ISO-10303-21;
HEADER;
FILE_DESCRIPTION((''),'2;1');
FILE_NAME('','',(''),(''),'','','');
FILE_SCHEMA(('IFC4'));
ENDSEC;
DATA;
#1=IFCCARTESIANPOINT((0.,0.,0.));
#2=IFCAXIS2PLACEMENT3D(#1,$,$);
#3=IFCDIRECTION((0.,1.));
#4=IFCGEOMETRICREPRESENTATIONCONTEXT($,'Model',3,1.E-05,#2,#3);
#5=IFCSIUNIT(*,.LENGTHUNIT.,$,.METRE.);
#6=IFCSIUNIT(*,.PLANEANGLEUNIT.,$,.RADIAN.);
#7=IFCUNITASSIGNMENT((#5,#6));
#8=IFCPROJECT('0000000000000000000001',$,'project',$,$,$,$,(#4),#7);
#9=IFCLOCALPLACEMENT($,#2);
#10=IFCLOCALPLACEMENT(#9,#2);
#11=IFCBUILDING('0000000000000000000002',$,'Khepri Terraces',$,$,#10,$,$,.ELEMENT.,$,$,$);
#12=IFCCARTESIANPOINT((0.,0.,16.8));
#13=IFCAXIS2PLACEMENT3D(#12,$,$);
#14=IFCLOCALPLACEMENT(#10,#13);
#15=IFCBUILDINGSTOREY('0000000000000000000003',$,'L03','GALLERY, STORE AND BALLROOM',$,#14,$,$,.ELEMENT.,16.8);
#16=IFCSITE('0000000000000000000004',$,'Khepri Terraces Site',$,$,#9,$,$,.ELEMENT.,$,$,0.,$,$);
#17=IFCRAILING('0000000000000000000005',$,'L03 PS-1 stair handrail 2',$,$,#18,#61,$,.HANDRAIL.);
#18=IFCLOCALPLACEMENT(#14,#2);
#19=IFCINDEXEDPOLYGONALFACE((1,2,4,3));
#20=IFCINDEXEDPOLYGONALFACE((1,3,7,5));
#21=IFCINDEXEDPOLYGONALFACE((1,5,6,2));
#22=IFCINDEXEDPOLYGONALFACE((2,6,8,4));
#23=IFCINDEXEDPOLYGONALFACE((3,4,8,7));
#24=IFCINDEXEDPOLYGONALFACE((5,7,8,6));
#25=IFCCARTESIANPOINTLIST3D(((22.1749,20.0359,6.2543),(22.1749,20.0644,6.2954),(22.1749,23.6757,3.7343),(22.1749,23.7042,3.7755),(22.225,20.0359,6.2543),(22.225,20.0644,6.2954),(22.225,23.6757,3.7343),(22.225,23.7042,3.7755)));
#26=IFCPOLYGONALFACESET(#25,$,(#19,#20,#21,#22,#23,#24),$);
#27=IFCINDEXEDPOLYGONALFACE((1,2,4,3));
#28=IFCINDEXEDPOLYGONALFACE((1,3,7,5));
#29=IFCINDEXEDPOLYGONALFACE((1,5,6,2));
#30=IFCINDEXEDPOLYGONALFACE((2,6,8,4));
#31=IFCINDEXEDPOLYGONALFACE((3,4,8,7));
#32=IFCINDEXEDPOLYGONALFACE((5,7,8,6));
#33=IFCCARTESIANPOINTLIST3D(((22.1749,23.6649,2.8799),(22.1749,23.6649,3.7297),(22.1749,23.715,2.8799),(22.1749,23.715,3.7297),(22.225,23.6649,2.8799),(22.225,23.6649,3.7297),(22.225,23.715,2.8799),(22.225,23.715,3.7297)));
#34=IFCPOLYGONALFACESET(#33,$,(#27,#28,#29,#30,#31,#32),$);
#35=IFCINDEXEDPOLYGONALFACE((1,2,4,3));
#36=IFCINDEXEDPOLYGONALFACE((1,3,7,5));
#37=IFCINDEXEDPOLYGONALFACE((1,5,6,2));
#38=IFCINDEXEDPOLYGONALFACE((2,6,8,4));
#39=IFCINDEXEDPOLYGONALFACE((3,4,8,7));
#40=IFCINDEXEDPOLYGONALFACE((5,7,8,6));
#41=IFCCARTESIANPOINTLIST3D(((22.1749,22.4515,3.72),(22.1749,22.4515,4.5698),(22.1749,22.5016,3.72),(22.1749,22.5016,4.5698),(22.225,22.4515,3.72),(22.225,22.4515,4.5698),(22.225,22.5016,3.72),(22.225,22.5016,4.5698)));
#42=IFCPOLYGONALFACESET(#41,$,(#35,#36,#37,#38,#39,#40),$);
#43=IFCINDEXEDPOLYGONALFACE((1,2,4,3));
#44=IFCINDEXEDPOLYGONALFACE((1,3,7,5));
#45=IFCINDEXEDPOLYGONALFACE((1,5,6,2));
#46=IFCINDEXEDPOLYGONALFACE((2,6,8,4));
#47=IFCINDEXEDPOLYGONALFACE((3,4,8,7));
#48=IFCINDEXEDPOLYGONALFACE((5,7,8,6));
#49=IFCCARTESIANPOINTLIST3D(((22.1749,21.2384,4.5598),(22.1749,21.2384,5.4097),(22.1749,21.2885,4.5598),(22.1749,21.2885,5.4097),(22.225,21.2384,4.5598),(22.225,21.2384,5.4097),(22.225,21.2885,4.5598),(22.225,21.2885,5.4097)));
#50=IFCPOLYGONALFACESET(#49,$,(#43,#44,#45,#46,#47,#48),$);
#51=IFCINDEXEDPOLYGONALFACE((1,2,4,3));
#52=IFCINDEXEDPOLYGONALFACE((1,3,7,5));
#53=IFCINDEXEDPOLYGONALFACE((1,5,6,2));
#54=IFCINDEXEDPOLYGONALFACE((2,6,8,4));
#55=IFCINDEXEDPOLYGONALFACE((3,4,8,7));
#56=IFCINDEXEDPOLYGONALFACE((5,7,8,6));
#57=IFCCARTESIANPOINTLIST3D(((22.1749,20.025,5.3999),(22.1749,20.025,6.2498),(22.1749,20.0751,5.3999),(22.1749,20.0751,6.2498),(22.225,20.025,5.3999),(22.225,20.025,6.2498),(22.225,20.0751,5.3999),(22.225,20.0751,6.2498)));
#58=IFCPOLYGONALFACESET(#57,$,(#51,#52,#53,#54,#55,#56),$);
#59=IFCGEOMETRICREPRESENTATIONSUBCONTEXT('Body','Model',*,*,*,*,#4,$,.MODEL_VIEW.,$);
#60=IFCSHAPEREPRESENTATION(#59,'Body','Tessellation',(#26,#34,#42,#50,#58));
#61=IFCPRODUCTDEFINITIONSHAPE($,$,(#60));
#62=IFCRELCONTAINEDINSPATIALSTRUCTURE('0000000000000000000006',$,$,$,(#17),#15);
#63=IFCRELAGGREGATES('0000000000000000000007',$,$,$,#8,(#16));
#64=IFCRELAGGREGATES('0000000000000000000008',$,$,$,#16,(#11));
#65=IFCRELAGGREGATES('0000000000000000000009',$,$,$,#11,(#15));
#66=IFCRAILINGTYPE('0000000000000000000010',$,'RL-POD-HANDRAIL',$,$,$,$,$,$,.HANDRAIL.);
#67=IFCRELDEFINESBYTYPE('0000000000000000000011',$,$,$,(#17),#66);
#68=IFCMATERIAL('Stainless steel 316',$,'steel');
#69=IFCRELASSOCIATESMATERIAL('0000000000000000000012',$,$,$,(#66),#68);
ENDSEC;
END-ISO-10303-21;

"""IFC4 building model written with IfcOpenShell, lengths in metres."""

from ifc_helpers import new_model, si_unit, direction, frame, origin, origin_2d, place, context, subcontext, project, spatial, rectangle, extrude, material, type_object, element, save


model = new_model("IFC4")

# Units and contexts
model_context = context("Model", 3, precision=1e-05, world=origin(), true_north=direction((0.0, 1.0)))
body_context = subcontext(model_context, "Body", "Model", "MODEL_VIEW")
ifc_project = project(units=[si_unit("LENGTHUNIT", "METRE"), si_unit("PLANEANGLEUNIT", "RADIAN")], contexts=[model_context])

# Site, building, storey
site_placement = place(None, origin())
site = spatial("IfcSite", under=ifc_project, at=site_placement, Name="Khepri Terraces Site", CompositionType="ELEMENT", RefElevation=0.0)
building_placement = place(site_placement, origin())
building = spatial("IfcBuilding", under=site, at=building_placement, Name="Khepri Terraces", CompositionType="ELEMENT")
storey_placement = place(building_placement, frame((0.0, 0.0, 16.8)))
storey = spatial("IfcBuildingStorey", under=building, at=storey_placement, Name="L03", Description="GALLERY, STORE AND BALLROOM", CompositionType="ELEMENT", Elevation=16.8)

# Railing
ifc_material_1 = material(Name="Stainless steel 316", Category="steel")
railing_type_1 = type_object("IfcRailingType", Name="RL-POD-HANDRAIL", PredefinedType="HANDRAIL", material=ifc_material_1)
railing_1_placement = place(storey_placement, frame((22.2, 23.6899, 2.8799)))
element("IfcRailing", 1, at=railing_1_placement, inside=storey, type_object=railing_type_1, Name="L03 PS-1 stair handrail 2", PredefinedType="HANDRAIL", context=body_context, shape_type="SweptSolid", body=[
    extrude(rectangle(XDim=0.05, YDim=0.05, at=origin_2d()), frame((0.0, 0.0, 0.875), z_axis=(0.0, -0.822182, 0.569224), x_axis=(1.0, 0.0, 0.0)), (0.0, 0.0, 1.0), 4.427),
    extrude(rectangle(XDim=0.05, YDim=0.05, at=origin_2d()), origin(), (0.0, 0.0, 1.0), 0.8499),
    extrude(rectangle(XDim=0.05, YDim=0.05, at=origin_2d()), frame((0.0, -1.2134, 0.8401)), (0.0, 0.0, 1.0), 0.8499),
    extrude(rectangle(XDim=0.05, YDim=0.05, at=origin_2d()), frame((0.0, -2.4265, 1.6799)), (0.0, 0.0, 1.0), 0.8499),
    extrude(rectangle(XDim=0.05, YDim=0.05, at=origin_2d()), frame((0.0, -3.6399, 2.52)), (0.0, 0.0, 1.0), 0.8499),
])

save(model, "model.ifc")
